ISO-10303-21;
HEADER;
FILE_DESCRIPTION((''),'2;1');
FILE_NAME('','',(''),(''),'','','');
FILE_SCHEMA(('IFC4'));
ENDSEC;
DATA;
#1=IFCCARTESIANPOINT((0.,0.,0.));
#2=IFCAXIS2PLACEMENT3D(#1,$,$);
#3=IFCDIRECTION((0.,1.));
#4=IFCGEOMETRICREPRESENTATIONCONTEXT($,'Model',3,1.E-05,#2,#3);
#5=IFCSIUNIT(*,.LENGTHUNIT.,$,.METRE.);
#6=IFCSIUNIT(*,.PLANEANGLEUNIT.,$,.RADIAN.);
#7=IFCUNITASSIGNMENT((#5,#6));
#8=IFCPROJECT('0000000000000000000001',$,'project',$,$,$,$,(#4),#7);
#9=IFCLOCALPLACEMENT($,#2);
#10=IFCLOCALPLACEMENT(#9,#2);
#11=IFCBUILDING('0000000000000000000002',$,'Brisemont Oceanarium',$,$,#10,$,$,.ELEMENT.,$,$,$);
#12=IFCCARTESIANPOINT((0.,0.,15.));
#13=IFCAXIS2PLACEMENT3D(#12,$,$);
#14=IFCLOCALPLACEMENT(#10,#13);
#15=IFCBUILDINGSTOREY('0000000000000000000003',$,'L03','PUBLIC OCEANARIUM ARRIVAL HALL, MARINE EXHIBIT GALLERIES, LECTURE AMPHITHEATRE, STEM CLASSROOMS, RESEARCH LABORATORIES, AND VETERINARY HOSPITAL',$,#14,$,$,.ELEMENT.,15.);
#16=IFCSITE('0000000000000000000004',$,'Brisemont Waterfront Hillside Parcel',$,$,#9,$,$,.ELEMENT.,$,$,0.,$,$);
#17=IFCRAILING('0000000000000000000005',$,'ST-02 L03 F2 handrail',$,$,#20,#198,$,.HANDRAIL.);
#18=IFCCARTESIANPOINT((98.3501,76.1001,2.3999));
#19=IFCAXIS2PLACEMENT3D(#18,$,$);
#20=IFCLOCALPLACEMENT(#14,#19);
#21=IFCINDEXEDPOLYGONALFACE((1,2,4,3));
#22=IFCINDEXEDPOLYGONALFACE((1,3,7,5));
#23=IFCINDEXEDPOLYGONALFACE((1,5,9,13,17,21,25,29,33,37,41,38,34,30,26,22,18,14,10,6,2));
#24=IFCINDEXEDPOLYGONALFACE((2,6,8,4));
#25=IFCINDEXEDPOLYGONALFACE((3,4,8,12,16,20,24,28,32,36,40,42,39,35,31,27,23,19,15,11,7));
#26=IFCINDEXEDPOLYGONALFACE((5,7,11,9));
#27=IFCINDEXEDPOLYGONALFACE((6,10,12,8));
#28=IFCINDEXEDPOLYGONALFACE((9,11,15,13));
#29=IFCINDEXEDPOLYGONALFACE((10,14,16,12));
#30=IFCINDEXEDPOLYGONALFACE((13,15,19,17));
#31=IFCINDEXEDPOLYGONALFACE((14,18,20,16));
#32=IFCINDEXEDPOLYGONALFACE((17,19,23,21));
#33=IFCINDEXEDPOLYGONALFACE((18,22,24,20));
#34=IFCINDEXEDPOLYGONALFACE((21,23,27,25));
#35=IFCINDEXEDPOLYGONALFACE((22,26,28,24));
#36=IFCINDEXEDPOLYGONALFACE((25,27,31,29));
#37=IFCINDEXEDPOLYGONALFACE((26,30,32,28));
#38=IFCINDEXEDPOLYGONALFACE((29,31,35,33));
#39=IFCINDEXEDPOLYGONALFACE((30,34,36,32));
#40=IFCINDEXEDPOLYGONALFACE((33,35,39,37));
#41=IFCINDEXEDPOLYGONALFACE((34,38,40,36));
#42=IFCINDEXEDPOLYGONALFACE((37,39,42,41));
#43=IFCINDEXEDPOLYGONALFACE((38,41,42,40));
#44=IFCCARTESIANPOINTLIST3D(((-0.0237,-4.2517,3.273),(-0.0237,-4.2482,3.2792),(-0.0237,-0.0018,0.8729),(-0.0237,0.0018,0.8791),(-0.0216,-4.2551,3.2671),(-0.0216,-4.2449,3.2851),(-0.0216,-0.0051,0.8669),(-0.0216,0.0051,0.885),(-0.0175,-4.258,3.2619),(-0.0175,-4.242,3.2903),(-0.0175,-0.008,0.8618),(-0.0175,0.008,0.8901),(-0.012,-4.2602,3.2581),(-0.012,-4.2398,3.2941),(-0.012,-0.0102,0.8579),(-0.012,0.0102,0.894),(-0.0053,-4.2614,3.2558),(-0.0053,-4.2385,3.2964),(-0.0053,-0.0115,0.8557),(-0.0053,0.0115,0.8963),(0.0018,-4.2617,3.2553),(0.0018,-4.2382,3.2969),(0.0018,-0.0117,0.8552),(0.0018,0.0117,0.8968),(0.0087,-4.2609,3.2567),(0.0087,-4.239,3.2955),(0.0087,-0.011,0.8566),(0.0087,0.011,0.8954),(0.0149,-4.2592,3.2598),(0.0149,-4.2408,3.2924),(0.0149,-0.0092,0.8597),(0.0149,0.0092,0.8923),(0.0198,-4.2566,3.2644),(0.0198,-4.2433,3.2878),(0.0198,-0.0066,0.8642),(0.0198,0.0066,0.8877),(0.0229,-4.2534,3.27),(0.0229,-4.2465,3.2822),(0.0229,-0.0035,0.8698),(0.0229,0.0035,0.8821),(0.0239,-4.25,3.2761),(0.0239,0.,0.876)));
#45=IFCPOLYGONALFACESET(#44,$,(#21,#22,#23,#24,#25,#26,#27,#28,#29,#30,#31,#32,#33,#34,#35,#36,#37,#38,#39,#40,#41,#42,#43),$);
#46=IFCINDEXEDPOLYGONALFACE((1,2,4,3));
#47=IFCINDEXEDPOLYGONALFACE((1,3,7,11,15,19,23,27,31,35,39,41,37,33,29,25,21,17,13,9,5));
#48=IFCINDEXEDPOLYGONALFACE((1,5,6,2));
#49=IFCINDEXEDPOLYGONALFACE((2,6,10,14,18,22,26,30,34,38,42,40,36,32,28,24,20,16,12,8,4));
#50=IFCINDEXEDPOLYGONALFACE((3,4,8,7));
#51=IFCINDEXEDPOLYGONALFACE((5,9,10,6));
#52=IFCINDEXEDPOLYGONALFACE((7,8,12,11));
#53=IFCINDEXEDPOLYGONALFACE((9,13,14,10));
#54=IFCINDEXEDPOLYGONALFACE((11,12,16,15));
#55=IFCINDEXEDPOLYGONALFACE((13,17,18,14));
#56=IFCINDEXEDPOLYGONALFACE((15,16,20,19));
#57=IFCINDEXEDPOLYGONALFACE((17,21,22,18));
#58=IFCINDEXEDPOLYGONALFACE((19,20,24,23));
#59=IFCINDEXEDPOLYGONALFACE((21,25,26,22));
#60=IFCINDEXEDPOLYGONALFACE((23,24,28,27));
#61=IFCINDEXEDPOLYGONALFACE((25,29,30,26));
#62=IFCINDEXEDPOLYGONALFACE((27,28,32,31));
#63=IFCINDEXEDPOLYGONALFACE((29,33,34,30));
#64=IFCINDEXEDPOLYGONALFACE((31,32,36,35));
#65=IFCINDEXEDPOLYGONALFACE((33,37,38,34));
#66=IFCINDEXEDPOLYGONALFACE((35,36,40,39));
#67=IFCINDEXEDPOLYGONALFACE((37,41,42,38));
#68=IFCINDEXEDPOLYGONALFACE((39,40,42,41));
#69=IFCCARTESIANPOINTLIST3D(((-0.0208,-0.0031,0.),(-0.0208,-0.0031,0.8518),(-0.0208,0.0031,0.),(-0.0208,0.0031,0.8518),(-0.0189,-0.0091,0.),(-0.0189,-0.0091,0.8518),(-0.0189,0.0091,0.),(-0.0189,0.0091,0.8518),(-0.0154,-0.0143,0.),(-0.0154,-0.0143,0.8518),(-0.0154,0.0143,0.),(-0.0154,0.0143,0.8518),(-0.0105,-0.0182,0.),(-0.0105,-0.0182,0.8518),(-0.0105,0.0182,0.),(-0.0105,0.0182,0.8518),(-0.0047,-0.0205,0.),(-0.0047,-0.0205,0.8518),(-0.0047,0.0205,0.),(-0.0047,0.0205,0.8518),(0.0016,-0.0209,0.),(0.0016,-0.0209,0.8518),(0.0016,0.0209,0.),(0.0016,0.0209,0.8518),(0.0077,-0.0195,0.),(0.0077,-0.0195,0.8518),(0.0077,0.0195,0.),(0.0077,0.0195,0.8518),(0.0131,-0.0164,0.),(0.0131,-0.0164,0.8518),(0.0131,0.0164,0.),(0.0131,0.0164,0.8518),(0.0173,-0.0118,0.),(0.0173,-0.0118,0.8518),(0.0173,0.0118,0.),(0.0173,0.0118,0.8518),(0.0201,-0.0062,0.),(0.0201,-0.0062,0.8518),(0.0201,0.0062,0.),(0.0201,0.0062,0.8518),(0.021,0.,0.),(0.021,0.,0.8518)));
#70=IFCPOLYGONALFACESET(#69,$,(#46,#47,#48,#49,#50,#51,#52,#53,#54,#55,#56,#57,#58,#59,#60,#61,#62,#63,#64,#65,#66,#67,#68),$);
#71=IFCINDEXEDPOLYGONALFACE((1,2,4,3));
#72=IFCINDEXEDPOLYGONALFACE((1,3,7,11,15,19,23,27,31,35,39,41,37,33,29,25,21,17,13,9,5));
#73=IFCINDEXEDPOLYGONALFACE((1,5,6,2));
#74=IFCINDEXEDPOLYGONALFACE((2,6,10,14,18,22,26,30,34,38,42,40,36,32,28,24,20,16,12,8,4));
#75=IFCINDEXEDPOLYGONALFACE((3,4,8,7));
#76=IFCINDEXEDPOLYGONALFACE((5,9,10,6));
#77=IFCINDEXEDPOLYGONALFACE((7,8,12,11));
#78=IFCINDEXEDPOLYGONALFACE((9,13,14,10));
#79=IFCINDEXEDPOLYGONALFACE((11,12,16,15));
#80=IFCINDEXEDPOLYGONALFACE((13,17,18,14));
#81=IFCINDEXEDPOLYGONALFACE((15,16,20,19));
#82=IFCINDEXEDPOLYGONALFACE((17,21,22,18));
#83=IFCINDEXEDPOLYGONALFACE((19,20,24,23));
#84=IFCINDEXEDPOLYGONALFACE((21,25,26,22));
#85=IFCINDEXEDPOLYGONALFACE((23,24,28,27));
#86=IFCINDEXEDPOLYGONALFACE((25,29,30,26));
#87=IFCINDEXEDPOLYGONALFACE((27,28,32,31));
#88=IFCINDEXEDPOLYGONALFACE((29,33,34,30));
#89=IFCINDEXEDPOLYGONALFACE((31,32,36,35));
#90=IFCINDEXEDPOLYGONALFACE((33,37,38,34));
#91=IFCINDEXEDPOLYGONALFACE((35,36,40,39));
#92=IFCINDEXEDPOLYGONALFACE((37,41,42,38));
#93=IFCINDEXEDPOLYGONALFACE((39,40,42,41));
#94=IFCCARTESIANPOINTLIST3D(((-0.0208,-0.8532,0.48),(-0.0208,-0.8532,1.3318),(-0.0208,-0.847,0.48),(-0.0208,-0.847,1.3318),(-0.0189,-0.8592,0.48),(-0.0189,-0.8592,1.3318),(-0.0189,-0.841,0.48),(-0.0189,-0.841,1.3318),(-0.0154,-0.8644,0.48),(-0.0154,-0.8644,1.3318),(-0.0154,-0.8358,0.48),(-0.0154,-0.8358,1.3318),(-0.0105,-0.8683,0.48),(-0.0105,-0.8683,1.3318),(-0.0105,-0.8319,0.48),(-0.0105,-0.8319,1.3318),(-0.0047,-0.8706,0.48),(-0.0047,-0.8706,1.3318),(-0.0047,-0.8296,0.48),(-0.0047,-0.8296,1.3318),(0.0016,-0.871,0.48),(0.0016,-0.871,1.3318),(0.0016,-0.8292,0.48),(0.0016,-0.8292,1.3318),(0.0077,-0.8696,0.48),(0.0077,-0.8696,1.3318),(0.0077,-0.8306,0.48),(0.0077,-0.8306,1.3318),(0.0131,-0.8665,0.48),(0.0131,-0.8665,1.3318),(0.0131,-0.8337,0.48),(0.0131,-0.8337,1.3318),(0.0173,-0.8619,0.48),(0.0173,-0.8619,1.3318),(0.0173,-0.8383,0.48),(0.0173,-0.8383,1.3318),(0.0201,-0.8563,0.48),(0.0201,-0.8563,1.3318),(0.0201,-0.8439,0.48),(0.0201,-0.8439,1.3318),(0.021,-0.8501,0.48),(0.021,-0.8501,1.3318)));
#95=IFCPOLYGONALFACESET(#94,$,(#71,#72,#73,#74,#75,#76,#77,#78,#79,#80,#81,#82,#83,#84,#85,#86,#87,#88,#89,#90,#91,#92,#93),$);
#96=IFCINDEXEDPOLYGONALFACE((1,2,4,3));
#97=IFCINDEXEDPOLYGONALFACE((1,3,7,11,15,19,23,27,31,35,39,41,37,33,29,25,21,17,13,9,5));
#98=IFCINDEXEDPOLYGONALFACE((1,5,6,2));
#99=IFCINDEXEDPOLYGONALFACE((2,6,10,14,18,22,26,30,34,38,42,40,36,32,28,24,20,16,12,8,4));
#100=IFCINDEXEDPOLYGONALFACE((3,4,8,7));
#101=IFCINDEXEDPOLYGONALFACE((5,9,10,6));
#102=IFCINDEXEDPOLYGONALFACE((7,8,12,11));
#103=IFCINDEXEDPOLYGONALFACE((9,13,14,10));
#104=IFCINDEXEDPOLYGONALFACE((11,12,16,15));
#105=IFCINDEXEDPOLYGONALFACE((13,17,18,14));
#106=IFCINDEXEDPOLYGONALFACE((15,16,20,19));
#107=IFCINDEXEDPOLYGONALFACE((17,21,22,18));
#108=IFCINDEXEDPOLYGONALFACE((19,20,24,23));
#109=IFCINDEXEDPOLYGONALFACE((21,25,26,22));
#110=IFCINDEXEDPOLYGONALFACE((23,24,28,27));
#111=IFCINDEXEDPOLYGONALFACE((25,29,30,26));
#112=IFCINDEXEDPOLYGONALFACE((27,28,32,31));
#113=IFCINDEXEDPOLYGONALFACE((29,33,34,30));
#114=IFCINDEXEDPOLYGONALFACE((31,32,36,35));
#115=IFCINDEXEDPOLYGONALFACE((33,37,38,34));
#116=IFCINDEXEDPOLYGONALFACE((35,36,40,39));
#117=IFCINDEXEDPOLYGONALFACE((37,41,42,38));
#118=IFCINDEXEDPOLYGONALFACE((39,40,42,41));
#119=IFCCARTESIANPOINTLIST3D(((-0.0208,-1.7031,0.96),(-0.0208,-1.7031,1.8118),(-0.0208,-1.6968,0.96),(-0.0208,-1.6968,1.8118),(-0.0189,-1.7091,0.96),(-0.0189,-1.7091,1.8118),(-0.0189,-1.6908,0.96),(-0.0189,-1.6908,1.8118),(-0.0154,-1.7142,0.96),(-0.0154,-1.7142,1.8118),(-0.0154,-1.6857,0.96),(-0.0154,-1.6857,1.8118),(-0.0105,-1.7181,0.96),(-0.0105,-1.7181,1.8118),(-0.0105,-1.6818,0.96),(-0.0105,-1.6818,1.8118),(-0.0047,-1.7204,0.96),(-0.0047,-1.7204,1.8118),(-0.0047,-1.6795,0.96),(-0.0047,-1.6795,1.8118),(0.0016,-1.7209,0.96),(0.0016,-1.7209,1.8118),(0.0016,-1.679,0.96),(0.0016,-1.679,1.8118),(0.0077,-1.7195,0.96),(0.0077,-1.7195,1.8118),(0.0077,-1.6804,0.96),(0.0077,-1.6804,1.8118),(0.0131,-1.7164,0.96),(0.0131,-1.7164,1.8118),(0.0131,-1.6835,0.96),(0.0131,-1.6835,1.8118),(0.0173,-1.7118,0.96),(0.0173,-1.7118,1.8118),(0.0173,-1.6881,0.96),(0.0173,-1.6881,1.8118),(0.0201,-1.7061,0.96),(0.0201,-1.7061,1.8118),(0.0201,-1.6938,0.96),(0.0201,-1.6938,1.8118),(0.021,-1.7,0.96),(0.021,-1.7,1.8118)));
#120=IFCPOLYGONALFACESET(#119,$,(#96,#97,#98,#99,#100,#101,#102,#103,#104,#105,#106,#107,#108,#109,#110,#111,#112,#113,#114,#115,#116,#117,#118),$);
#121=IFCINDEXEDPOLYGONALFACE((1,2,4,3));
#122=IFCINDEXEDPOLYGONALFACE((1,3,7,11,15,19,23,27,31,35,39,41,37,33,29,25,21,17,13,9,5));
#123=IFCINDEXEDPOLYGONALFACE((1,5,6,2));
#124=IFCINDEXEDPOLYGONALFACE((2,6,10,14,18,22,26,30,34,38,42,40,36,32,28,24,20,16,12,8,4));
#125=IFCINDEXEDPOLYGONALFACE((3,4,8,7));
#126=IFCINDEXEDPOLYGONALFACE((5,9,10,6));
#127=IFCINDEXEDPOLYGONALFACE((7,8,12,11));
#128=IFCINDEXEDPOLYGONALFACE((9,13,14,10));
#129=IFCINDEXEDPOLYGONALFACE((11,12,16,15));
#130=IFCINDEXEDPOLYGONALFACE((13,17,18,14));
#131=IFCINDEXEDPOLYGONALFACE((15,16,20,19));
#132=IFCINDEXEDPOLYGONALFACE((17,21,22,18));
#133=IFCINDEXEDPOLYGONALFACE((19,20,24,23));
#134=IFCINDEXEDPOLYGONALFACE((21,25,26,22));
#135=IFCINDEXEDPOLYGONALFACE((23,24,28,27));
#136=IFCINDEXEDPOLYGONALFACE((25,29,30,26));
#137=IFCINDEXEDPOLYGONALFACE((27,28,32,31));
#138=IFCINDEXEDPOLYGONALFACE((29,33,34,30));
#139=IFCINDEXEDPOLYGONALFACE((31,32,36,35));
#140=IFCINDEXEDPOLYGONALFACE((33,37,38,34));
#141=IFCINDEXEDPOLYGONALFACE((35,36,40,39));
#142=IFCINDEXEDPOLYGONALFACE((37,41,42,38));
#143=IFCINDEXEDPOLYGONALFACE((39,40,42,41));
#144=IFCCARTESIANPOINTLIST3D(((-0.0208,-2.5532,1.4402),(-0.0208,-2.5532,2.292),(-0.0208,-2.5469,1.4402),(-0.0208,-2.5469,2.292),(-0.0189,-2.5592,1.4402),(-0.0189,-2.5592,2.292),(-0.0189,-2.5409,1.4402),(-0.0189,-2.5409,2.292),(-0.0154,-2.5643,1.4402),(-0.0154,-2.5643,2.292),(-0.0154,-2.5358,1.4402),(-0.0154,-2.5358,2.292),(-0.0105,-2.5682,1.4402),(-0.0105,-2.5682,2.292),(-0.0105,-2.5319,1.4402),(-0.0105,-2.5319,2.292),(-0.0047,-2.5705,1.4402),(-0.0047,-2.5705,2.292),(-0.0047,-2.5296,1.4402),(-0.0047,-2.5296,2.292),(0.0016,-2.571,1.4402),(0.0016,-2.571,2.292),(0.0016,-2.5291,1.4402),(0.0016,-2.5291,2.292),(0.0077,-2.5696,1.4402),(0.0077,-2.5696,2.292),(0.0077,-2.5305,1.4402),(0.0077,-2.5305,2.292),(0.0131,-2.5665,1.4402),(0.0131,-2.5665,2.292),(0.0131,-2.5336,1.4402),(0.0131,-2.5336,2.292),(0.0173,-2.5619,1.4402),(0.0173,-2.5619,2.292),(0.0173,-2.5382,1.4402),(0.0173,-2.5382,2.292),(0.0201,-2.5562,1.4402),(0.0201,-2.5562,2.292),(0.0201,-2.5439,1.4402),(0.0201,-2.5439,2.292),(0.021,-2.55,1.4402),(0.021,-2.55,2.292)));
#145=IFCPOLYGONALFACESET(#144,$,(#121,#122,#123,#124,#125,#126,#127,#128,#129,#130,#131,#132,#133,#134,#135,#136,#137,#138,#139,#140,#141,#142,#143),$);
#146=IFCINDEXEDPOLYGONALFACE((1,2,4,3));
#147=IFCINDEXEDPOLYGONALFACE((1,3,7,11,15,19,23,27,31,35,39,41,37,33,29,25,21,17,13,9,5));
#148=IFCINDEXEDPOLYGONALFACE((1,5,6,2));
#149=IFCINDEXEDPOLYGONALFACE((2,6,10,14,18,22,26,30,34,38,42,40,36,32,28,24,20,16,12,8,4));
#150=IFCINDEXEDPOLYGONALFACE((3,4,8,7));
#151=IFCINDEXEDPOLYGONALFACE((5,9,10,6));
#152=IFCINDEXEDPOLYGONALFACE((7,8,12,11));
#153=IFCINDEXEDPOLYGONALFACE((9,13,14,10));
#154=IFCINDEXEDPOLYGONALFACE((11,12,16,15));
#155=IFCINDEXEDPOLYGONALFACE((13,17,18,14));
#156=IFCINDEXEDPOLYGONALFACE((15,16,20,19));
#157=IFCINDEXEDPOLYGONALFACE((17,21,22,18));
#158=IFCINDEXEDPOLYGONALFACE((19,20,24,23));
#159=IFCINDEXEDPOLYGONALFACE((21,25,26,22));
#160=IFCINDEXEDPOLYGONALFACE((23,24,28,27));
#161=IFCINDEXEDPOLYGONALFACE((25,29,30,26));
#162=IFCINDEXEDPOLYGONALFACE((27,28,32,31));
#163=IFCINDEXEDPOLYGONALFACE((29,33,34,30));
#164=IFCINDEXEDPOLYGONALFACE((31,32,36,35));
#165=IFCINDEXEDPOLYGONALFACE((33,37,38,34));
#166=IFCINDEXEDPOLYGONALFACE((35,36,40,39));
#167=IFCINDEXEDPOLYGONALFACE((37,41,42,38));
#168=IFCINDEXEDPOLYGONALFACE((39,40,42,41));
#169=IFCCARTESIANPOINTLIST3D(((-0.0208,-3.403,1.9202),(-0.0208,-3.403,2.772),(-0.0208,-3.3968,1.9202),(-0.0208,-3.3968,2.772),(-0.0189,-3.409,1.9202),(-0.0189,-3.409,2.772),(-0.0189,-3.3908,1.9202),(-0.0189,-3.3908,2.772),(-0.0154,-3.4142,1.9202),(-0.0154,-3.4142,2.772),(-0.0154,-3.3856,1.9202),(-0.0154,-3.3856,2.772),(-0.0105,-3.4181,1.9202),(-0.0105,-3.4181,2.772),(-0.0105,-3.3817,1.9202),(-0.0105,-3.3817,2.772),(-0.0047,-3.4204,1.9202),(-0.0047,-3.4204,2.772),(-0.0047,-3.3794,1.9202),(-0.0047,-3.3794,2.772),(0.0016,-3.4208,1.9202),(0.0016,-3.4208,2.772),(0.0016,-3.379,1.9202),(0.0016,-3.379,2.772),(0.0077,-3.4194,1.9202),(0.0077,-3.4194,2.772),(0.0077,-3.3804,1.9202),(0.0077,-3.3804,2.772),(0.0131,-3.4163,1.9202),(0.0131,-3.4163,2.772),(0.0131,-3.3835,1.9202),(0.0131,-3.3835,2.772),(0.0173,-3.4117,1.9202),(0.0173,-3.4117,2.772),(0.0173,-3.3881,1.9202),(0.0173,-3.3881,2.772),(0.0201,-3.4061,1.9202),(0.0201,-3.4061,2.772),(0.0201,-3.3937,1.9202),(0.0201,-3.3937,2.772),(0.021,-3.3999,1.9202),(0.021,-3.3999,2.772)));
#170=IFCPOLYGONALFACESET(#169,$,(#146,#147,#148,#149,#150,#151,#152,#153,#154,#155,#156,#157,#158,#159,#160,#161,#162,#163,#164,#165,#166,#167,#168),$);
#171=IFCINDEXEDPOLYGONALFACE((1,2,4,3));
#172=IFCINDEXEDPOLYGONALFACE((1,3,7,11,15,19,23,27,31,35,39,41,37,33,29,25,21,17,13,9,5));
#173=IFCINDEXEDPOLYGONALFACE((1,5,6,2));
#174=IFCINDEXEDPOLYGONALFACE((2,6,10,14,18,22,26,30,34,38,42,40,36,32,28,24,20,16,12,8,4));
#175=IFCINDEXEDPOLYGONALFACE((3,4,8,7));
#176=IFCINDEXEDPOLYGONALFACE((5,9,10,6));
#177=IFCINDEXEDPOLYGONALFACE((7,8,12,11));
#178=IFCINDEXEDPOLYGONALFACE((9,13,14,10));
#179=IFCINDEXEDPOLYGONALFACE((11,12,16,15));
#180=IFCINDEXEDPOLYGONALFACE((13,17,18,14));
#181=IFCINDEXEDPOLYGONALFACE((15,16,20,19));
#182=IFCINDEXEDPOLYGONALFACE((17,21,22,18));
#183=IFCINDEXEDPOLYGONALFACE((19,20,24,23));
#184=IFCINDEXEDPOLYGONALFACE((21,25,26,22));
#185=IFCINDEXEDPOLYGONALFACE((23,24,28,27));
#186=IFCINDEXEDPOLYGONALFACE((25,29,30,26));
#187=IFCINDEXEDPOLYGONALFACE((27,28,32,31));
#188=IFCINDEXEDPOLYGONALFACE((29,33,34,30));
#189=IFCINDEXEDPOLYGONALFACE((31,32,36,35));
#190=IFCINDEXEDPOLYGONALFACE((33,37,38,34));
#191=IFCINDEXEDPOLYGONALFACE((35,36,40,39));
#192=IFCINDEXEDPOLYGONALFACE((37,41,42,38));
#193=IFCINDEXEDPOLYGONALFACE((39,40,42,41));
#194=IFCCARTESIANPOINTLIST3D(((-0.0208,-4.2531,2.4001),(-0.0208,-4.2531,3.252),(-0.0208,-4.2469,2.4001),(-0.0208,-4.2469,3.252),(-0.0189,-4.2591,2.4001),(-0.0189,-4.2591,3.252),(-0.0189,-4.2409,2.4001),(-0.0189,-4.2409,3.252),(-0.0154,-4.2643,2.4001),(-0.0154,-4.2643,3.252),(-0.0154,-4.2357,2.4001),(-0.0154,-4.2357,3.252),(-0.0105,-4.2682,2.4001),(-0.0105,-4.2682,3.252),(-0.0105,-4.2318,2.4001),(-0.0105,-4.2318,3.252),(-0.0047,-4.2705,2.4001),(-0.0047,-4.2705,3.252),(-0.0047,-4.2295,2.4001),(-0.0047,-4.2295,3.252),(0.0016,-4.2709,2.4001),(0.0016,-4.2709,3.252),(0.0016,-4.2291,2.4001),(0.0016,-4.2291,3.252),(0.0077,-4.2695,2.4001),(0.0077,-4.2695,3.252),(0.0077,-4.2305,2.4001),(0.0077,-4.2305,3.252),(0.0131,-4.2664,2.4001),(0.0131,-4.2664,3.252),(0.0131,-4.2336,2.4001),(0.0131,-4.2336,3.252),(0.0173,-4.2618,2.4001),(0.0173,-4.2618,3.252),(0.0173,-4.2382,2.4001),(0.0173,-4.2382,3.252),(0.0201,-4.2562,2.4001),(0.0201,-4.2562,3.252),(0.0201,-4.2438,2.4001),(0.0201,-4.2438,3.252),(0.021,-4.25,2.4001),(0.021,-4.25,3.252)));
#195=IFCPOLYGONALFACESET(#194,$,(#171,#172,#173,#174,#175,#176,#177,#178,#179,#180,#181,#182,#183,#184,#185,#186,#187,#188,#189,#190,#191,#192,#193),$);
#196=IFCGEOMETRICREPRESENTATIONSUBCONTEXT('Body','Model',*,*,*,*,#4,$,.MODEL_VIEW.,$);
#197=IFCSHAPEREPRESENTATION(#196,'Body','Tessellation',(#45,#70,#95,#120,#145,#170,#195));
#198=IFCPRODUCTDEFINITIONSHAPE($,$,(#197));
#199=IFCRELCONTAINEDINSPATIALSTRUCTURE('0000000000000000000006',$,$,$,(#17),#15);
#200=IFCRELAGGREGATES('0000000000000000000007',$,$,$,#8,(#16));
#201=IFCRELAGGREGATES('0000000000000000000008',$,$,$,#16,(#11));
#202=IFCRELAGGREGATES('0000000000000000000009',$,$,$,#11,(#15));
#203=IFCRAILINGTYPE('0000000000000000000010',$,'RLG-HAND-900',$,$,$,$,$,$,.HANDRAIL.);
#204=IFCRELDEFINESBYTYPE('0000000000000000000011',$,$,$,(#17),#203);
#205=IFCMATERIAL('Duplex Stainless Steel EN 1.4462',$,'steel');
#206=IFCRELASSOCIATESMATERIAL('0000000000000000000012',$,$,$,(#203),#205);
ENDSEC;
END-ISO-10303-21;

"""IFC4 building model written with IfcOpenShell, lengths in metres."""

from ifc_helpers import new_model, si_unit, direction, frame, origin, origin_2d, place, context, subcontext, project, spatial, circle, extrude, material, type_object, element, save


model = new_model("IFC4")

# Units and contexts
model_context = context("Model", 3, precision=1e-05, world=origin(), true_north=direction((0.0, 1.0)))
body_context = subcontext(model_context, "Body", "Model", "MODEL_VIEW")
ifc_project = project(units=[si_unit("LENGTHUNIT", "METRE"), si_unit("PLANEANGLEUNIT", "RADIAN")], contexts=[model_context])

# Site, building, storey
site_placement = place(None, origin())
site = spatial("IfcSite", under=ifc_project, at=site_placement, Name="Brisemont Waterfront Hillside Parcel", CompositionType="ELEMENT", RefElevation=0.0)
building_placement = place(site_placement, origin())
building = spatial("IfcBuilding", under=site, at=building_placement, Name="Brisemont Oceanarium", CompositionType="ELEMENT")
storey_placement = place(building_placement, frame((0.0, 0.0, 15.0)))
storey = spatial("IfcBuildingStorey", under=building, at=storey_placement, Name="L03", Description="PUBLIC OCEANARIUM ARRIVAL HALL, MARINE EXHIBIT GALLERIES, LECTURE AMPHITHEATRE, STEM CLASSROOMS, RESEARCH LABORATORIES, AND VETERINARY HOSPITAL", CompositionType="ELEMENT", Elevation=15.0)

# Railing
ifc_material_1 = material(Name="Duplex Stainless Steel EN 1.4462", Category="steel")
railing_type_1 = type_object("IfcRailingType", Name="RLG-HAND-900", PredefinedType="HANDRAIL", material=ifc_material_1)
railing_1_placement = place(storey_placement, frame((98.3501, 76.1001, 2.3999)))
element("IfcRailing", 1, at=railing_1_placement, inside=storey, type_object=railing_type_1, Name="ST-02 L03 F2 handrail", PredefinedType="HANDRAIL", context=body_context, shape_type="SweptSolid", body=[
    extrude(circle(Radius=0.0239, at=origin_2d()), frame((0.0, 0.0, 0.876), z_axis=(0.0, -0.870741, 0.491742), x_axis=(1.0, 0.0, 0.0)), (0.0, 0.0, 1.0), 4.8809),
    extrude(circle(Radius=0.021, at=origin_2d()), origin(), (0.0, 0.0, 1.0), 0.8518),
    extrude(circle(Radius=0.021, at=origin_2d()), frame((0.0, -0.8501, 0.48)), (0.0, 0.0, 1.0), 0.8518),
    extrude(circle(Radius=0.021, at=origin_2d()), frame((0.0, -1.7, 0.96)), (0.0, 0.0, 1.0), 0.8518),
    extrude(circle(Radius=0.021, at=origin_2d()), frame((0.0, -2.55, 1.4402)), (0.0, 0.0, 1.0), 0.8518),
    extrude(circle(Radius=0.021, at=origin_2d()), frame((0.0, -3.3999, 1.9202)), (0.0, 0.0, 1.0), 0.8518),
    extrude(circle(Radius=0.021, at=origin_2d()), frame((0.0, -4.25, 2.4001)), (0.0, 0.0, 1.0), 0.8518),
])

save(model, "model.ifc")
